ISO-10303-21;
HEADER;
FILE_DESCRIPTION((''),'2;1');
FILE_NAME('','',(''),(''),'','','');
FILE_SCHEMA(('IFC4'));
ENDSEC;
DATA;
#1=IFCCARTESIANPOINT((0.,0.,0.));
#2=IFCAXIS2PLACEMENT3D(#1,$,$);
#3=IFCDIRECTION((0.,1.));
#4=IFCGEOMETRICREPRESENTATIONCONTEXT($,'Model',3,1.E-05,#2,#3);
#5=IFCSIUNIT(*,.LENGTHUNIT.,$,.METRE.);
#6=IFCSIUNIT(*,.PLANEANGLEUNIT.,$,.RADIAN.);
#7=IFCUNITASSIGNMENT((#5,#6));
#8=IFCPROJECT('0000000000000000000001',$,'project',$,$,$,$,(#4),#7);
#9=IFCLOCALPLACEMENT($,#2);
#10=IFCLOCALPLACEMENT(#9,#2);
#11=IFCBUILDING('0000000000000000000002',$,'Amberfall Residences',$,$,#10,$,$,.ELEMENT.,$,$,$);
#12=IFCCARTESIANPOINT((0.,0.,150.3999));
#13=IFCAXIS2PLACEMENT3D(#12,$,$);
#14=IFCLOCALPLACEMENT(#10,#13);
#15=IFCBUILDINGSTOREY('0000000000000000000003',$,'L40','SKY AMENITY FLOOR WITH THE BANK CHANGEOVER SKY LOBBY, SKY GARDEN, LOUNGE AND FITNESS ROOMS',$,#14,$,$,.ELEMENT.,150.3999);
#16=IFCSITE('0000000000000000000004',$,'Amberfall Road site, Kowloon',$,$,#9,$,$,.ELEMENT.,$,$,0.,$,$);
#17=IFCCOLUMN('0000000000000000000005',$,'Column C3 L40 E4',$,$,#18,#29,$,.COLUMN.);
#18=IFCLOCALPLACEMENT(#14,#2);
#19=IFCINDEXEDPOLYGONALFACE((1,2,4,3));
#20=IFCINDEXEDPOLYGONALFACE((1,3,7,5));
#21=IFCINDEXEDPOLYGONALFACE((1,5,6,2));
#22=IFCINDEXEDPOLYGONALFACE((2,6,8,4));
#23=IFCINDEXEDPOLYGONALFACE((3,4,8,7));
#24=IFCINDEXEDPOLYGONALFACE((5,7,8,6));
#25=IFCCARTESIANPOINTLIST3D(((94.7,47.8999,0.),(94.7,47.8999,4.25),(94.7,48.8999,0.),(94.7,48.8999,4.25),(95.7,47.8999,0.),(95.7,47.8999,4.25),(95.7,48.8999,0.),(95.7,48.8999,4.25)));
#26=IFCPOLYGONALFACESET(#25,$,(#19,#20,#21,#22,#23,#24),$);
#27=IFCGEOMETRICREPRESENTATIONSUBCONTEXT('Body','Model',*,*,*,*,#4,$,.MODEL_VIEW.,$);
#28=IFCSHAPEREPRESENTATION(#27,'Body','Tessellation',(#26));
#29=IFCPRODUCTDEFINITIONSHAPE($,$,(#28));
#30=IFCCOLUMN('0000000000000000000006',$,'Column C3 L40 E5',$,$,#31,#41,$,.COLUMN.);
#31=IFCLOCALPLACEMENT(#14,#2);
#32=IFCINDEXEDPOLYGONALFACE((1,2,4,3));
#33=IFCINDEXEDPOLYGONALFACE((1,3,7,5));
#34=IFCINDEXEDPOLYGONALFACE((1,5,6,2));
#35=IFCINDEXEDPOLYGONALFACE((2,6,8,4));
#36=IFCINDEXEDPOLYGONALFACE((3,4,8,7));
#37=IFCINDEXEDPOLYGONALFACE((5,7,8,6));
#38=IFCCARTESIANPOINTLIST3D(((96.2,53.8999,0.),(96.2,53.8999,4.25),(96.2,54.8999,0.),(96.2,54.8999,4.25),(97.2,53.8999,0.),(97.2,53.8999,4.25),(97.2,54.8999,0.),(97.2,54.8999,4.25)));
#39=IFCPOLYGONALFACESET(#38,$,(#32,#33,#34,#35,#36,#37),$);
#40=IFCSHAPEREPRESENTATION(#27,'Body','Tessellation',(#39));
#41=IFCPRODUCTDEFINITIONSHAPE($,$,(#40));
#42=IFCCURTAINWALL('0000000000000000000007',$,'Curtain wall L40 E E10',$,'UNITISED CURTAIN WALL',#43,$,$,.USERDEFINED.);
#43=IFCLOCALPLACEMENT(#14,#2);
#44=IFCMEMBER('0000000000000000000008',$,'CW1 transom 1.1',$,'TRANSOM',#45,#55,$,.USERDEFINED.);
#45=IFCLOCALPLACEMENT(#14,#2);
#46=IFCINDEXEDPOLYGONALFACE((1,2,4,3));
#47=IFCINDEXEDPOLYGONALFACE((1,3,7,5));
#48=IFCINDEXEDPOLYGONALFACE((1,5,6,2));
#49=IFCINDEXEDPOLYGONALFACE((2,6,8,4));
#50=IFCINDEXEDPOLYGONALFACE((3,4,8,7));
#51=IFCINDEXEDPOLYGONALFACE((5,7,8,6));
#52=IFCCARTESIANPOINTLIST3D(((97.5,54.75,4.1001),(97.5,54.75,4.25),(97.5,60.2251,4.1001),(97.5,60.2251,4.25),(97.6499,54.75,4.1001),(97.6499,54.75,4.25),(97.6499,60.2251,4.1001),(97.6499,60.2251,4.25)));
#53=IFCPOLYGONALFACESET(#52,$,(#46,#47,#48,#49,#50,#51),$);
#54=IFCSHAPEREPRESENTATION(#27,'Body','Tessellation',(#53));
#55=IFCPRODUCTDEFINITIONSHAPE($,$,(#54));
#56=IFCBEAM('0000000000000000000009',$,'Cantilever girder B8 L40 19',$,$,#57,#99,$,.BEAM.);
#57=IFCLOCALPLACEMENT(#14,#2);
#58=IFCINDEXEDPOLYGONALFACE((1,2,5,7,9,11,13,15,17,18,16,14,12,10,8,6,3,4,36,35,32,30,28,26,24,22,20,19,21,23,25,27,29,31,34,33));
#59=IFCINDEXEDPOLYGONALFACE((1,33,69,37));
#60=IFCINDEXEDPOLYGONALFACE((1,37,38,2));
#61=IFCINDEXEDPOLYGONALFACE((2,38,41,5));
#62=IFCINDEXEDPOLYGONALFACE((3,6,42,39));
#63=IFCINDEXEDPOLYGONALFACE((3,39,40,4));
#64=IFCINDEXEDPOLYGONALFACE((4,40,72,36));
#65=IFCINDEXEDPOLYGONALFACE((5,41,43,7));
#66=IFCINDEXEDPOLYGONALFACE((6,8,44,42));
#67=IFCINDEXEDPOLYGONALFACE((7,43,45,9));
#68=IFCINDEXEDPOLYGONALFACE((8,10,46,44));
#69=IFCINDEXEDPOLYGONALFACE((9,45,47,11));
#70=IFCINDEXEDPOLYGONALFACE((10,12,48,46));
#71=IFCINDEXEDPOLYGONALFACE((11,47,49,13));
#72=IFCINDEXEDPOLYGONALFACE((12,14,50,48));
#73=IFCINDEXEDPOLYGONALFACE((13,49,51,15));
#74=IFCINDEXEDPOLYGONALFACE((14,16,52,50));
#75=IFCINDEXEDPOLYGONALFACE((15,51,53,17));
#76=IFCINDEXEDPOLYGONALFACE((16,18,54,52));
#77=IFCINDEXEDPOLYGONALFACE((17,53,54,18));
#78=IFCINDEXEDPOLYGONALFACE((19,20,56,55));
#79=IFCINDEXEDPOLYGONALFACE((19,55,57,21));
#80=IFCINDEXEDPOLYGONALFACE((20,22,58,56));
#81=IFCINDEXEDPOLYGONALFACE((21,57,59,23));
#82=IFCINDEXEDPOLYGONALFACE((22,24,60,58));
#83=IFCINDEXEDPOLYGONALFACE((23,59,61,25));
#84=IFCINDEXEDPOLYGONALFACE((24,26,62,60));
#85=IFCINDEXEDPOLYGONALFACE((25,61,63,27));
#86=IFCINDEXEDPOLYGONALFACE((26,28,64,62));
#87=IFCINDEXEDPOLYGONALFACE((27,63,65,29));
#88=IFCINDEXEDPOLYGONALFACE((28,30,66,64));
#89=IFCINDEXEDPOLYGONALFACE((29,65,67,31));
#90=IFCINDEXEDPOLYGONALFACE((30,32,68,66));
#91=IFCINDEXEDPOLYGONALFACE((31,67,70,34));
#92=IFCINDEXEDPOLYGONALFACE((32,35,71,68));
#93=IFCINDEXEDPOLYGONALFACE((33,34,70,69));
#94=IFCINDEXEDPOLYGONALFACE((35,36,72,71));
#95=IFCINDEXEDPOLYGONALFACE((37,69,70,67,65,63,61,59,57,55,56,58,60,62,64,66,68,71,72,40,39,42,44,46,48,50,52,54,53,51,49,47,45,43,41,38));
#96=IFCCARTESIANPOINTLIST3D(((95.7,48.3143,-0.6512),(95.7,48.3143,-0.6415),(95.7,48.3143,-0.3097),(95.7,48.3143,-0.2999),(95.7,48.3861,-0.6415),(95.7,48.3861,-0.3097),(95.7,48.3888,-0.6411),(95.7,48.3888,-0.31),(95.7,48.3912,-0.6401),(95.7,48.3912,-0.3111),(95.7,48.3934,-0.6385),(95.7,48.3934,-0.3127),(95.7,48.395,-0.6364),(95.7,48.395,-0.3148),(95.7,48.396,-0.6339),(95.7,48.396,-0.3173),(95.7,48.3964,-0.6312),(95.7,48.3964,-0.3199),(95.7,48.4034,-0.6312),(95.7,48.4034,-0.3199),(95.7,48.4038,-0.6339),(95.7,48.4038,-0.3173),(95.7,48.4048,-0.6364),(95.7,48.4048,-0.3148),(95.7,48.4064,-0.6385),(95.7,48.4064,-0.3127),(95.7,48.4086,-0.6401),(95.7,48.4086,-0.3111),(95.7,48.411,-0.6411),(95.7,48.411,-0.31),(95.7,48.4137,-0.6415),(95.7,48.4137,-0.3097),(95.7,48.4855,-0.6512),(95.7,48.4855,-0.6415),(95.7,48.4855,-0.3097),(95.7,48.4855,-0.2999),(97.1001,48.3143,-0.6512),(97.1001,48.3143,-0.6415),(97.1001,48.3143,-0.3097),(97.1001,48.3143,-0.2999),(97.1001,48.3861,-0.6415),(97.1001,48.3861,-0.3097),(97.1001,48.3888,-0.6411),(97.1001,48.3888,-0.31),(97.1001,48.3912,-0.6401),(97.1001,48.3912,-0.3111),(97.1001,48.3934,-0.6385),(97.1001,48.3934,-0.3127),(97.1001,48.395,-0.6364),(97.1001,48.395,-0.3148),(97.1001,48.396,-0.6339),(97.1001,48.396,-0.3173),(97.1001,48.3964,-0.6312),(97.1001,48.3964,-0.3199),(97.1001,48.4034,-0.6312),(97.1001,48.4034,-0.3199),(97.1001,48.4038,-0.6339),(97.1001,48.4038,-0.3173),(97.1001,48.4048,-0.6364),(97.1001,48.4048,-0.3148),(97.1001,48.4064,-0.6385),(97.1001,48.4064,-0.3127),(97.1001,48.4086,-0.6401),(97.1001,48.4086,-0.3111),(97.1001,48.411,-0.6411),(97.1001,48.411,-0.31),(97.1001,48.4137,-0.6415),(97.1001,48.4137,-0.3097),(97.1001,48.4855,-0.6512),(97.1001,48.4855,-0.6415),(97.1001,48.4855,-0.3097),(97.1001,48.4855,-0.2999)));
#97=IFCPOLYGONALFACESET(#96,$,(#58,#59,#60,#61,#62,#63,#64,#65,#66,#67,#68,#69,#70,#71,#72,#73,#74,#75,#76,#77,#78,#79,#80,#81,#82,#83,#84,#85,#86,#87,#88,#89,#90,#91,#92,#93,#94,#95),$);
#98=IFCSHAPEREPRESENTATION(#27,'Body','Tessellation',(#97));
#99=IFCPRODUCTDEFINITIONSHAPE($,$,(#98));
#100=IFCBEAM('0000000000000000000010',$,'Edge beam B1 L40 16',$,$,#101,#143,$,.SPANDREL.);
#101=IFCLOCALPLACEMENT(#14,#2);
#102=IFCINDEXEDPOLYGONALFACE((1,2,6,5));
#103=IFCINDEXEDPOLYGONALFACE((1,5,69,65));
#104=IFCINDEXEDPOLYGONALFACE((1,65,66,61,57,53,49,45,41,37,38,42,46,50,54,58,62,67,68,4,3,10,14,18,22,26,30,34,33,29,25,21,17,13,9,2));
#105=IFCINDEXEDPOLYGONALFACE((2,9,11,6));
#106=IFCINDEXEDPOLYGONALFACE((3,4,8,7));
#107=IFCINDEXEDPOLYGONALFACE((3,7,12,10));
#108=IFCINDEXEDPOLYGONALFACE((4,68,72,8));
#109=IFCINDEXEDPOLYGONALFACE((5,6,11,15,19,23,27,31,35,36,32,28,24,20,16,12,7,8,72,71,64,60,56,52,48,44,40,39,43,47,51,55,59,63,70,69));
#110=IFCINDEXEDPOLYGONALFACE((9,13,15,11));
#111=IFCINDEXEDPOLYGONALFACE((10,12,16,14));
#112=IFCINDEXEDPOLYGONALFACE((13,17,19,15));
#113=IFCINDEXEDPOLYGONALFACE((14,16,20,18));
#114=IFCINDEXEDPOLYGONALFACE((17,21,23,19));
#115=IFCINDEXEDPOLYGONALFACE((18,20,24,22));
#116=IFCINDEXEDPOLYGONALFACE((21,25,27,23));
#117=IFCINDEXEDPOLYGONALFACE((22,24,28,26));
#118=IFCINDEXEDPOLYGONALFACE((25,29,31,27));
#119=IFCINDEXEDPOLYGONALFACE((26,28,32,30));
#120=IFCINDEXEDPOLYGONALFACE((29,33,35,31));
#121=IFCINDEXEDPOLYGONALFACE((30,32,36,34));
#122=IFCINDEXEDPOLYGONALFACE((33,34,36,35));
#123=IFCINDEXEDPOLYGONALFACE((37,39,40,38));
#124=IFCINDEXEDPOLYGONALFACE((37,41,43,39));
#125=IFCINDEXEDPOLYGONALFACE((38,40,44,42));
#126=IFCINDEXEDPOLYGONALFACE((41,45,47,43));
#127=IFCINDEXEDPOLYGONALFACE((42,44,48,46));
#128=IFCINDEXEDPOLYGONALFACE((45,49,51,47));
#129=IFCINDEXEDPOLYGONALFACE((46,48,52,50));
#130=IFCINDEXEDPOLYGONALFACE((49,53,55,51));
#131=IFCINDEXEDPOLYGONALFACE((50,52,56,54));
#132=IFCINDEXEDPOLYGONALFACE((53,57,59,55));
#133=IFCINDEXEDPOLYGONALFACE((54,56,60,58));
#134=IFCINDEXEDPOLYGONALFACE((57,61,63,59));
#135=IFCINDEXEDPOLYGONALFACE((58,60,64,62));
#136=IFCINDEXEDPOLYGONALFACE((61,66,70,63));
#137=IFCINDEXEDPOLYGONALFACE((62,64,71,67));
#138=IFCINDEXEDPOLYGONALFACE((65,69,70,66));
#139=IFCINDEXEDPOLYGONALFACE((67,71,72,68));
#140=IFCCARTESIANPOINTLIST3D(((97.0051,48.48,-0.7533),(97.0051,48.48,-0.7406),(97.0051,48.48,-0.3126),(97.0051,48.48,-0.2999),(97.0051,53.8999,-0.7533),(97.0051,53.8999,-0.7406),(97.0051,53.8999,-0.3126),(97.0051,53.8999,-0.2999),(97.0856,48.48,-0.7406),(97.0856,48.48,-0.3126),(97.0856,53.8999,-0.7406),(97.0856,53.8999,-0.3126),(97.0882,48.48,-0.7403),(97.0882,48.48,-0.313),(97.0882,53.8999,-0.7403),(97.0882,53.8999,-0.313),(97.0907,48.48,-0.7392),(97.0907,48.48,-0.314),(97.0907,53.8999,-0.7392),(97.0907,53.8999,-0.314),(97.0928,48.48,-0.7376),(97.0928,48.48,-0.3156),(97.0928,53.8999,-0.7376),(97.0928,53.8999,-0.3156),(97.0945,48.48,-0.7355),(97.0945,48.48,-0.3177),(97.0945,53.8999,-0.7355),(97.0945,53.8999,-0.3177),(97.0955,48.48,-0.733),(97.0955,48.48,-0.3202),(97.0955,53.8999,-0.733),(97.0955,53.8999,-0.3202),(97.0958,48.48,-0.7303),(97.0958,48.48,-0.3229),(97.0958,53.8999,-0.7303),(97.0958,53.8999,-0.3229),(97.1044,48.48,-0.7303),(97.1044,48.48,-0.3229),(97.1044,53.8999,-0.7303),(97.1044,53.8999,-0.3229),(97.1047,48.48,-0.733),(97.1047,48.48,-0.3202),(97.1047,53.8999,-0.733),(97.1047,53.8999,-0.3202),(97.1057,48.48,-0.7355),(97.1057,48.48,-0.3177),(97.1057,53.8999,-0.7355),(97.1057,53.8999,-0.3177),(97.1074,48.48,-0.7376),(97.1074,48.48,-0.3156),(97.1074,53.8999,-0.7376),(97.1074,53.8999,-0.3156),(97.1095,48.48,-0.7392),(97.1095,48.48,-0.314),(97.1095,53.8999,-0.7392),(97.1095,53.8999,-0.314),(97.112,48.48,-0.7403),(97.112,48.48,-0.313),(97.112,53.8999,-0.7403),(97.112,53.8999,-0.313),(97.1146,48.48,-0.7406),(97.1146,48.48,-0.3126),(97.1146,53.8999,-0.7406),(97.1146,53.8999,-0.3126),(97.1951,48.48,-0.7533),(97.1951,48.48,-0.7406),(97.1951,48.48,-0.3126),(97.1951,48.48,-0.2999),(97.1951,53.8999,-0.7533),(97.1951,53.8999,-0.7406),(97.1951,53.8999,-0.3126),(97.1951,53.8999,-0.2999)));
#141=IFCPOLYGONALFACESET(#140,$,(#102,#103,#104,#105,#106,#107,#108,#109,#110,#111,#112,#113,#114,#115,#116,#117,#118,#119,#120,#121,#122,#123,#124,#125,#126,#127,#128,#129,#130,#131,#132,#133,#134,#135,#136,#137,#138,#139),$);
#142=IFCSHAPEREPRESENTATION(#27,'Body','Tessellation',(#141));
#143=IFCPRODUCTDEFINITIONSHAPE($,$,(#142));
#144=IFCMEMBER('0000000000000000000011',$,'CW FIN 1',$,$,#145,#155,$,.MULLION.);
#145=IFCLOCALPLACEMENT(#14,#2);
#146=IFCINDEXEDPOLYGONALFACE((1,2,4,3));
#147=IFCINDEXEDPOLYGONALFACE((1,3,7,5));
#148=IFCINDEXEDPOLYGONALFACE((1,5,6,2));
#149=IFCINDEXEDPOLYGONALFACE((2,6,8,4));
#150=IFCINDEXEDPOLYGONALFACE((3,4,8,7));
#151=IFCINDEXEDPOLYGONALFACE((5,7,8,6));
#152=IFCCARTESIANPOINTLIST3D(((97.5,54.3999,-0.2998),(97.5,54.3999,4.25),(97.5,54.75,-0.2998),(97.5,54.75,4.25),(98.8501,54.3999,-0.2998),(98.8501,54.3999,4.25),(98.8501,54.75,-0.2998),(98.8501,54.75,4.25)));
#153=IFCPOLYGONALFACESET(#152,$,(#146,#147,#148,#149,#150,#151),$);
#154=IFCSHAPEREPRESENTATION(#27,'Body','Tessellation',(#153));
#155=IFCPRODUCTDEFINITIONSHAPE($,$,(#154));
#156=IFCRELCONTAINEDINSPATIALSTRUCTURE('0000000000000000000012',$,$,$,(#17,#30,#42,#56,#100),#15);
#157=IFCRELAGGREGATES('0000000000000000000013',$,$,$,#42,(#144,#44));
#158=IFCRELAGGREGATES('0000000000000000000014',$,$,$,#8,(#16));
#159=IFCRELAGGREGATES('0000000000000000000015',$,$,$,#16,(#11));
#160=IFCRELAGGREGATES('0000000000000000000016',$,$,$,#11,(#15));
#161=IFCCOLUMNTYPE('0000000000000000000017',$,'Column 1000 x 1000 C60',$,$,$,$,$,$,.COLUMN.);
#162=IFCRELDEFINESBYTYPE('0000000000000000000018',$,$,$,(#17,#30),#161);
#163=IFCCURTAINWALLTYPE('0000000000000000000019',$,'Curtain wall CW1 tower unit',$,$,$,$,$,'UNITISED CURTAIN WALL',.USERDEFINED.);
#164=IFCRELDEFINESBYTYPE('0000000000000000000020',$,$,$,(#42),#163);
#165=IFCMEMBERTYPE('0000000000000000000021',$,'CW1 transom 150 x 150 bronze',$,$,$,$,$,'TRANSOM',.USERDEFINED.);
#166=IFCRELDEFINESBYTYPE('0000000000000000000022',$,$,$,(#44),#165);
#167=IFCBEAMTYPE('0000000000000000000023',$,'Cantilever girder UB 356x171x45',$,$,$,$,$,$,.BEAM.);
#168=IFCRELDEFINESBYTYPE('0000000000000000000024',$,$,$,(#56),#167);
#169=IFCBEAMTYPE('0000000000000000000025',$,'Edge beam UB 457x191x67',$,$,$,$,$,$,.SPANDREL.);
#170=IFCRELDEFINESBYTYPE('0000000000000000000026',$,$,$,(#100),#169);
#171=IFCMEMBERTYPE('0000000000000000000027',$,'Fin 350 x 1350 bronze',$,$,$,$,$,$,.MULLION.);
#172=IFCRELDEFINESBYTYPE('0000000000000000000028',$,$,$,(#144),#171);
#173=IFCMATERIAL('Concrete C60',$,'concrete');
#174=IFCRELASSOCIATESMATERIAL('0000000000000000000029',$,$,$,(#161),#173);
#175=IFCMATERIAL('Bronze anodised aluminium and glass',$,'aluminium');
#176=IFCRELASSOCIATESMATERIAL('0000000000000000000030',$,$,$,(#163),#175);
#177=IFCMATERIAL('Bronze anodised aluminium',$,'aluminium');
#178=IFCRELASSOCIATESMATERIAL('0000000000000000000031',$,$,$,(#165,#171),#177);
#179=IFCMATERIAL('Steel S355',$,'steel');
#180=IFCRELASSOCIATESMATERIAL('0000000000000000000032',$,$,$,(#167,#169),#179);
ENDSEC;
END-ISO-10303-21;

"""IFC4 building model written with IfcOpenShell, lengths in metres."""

from ifc_helpers import new_model, si_unit, direction, frame, origin, origin_2d, place, context, subcontext, project, spatial, rectangle, i_section, extrude, material, material_profile, profile_set, type_object, element, aggregate, save


model = new_model("IFC4")

# Units and contexts
model_context = context("Model", 3, precision=1e-05, world=origin(), true_north=direction((0.0, 1.0)))
body_context = subcontext(model_context, "Body", "Model", "MODEL_VIEW")
ifc_project = project(units=[si_unit("LENGTHUNIT", "METRE"), si_unit("PLANEANGLEUNIT", "RADIAN")], contexts=[model_context])

# Site, building, storey
site_placement = place(None, origin())
site = spatial("IfcSite", under=ifc_project, at=site_placement, Name="Amberfall Road site, Kowloon", CompositionType="ELEMENT", RefElevation=0.0)
building_placement = place(site_placement, origin())
building = spatial("IfcBuilding", under=site, at=building_placement, Name="Amberfall Residences", CompositionType="ELEMENT")
storey_placement = place(building_placement, frame((0.0, 0.0, 150.3999)))
storey = spatial("IfcBuildingStorey", under=building, at=storey_placement, Name="L40", Description="SKY AMENITY FLOOR WITH THE BANK CHANGEOVER SKY LOBBY, SKY GARDEN, LOUNGE AND FITNESS ROOMS", CompositionType="ELEMENT", Elevation=150.3999)

# Columns
ifc_material_1 = material(Name="Concrete C60", Category="concrete")
ifc_material_profile_1 = material_profile(ifc_material_1, rectangle(XDim=1.0, YDim=1.0, at=origin_2d()), Name="Column 1000 x 1000 C60")
ifc_profile_set_1 = profile_set([ifc_material_profile_1], Name="Concrete C60")
column_type = type_object("IfcColumnType", Name="Column 1000 x 1000 C60", PredefinedType="COLUMN", material=ifc_profile_set_1)
for number, where, z_axis, x_axis, name in (
    (1, (95.2, 48.3999, 0.0), (0.0, 0.0, 1.0), (1.0, 0.0, 0.0), "Column C3 L40 E4"),
    (2, (96.7, 54.3999, 0.0), (0.0, 0.0, 1.0), (1.0, 0.0, 0.0), "Column C3 L40 E5"),
):
    element("IfcColumn", number, at=place(storey_placement, frame(where, z_axis=z_axis, x_axis=x_axis)), inside=storey, type_object=column_type, Name=name, PredefinedType="COLUMN", context=body_context, shape_type="SweptSolid", body=[
        extrude(rectangle(XDim=1.0, YDim=1.0, at=origin_2d()), origin(), (0.0, 0.0, 1.0), 4.25),
    ])

# Curtain wall, member
ifc_material_2 = material(Name="Bronze anodised aluminium and glass", Category="aluminium")
curtain_wall_type = type_object("IfcCurtainWallType", Name="Curtain wall CW1 tower unit", ElementType="UNITISED CURTAIN WALL", PredefinedType="USERDEFINED", material=ifc_material_2)
curtain_wall_placement = place(storey_placement, origin())
curtain_wall = element("IfcCurtainWall", 3, at=curtain_wall_placement, inside=storey, type_object=curtain_wall_type, Name="Curtain wall L40 E E10", ObjectType="UNITISED CURTAIN WALL", PredefinedType="USERDEFINED")
ifc_material_3 = material(Name="Bronze anodised aluminium", Category="aluminium")
ifc_material_profile_2 = material_profile(ifc_material_3, rectangle(XDim=0.1499, YDim=0.1499, at=origin_2d()), Name="CW1 transom 150 x 150 bronze")
ifc_profile_set_2 = profile_set([ifc_material_profile_2], Name="Bronze anodised aluminium")
member_type_1 = type_object("IfcMemberType", Name="CW1 transom 150 x 150 bronze", ElementType="TRANSOM", PredefinedType="USERDEFINED", material=ifc_profile_set_2)
member_1_placement = place(storey_placement, frame((97.575, 54.75, 4.175), z_axis=(0.0, 1.0, 0.0), x_axis=(-1.0, 0.0, 0.0)))
member_1 = element("IfcMember", 4, at=member_1_placement, type_object=member_type_1, Name="CW1 transom 1.1", ObjectType="TRANSOM", PredefinedType="USERDEFINED", context=body_context, shape_type="SweptSolid", body=[
    extrude(rectangle(XDim=0.1499, YDim=0.1499, at=origin_2d()), origin(), (0.0, 0.0, 1.0), 5.4751),
])

# Beams
ifc_material_4 = material(Name="Steel S355", Category="steel")
ifc_material_profile_3 = material_profile(ifc_material_4, i_section(OverallWidth=0.1711, OverallDepth=0.3513, WebThickness=0.0071, FlangeThickness=0.0098, FilletRadius=0.0103, at=origin_2d()), Name="UB 356x171x45")
ifc_profile_set_3 = profile_set([ifc_material_profile_3], Name="Steel S355")
beam_type_1 = type_object("IfcBeamType", Name="Cantilever girder UB 356x171x45", PredefinedType="BEAM", material=ifc_profile_set_3)
beam_1_placement = place(storey_placement, frame((95.7, 48.3999, -0.4756), z_axis=(1.0, 0.0, 0.0), x_axis=(0.0, 1.0, 0.0)))
element("IfcBeam", 5, at=beam_1_placement, inside=storey, type_object=beam_type_1, Name="Cantilever girder B8 L40 19", PredefinedType="BEAM", context=body_context, shape_type="SweptSolid", body=[
    extrude(i_section(OverallWidth=0.1711, OverallDepth=0.3513, WebThickness=0.0071, FlangeThickness=0.0098, FilletRadius=0.0103, at=origin_2d()), origin(), (0.0, 0.0, 1.0), 1.4001),
])
ifc_material_profile_4 = material_profile(ifc_material_4, i_section(OverallWidth=0.1899, OverallDepth=0.4534, WebThickness=0.0085, FlangeThickness=0.0127, FilletRadius=0.0103, at=origin_2d()), Name="UB 457x191x67")
ifc_profile_set_4 = profile_set([ifc_material_profile_4], Name="Steel S355")
beam_type_2 = type_object("IfcBeamType", Name="Edge beam UB 457x191x67", PredefinedType="SPANDREL", material=ifc_profile_set_4)
beam_2_placement = place(storey_placement, frame((97.1001, 48.48, -0.5266), z_axis=(0.0, 1.0, 0.0), x_axis=(-1.0, 0.0, 0.0)))
element("IfcBeam", 6, at=beam_2_placement, inside=storey, type_object=beam_type_2, Name="Edge beam B1 L40 16", PredefinedType="SPANDREL", context=body_context, shape_type="SweptSolid", body=[
    extrude(i_section(OverallWidth=0.1899, OverallDepth=0.4534, WebThickness=0.0085, FlangeThickness=0.0127, FilletRadius=0.0103, at=origin_2d()), origin(), (0.0, 0.0, 1.0), 5.4199),
])

# Member
ifc_material_profile_5 = material_profile(ifc_material_3, rectangle(XDim=1.3501, YDim=0.3501, at=origin_2d()), Name="Fin 350 x 1350 bronze")
ifc_profile_set_5 = profile_set([ifc_material_profile_5], Name="Bronze anodised aluminium")
member_type_2 = type_object("IfcMemberType", Name="Fin 350 x 1350 bronze", PredefinedType="MULLION", material=ifc_profile_set_5)
member_2_placement = place(storey_placement, frame((98.175, 54.575, -0.2998), z_axis=(0.0, 0.0, 1.0), x_axis=(-1.0, 0.0, 0.0)))
member_2 = element("IfcMember", 7, at=member_2_placement, type_object=member_type_2, Name="CW FIN 1", PredefinedType="MULLION", context=body_context, shape_type="SweptSolid", body=[
    extrude(rectangle(XDim=1.3501, YDim=0.3501, at=origin_2d()), origin(), (0.0, 0.0, 1.0), 4.5498),
])
aggregate(curtain_wall, [member_2, member_1])

save(model, "model.ifc")
